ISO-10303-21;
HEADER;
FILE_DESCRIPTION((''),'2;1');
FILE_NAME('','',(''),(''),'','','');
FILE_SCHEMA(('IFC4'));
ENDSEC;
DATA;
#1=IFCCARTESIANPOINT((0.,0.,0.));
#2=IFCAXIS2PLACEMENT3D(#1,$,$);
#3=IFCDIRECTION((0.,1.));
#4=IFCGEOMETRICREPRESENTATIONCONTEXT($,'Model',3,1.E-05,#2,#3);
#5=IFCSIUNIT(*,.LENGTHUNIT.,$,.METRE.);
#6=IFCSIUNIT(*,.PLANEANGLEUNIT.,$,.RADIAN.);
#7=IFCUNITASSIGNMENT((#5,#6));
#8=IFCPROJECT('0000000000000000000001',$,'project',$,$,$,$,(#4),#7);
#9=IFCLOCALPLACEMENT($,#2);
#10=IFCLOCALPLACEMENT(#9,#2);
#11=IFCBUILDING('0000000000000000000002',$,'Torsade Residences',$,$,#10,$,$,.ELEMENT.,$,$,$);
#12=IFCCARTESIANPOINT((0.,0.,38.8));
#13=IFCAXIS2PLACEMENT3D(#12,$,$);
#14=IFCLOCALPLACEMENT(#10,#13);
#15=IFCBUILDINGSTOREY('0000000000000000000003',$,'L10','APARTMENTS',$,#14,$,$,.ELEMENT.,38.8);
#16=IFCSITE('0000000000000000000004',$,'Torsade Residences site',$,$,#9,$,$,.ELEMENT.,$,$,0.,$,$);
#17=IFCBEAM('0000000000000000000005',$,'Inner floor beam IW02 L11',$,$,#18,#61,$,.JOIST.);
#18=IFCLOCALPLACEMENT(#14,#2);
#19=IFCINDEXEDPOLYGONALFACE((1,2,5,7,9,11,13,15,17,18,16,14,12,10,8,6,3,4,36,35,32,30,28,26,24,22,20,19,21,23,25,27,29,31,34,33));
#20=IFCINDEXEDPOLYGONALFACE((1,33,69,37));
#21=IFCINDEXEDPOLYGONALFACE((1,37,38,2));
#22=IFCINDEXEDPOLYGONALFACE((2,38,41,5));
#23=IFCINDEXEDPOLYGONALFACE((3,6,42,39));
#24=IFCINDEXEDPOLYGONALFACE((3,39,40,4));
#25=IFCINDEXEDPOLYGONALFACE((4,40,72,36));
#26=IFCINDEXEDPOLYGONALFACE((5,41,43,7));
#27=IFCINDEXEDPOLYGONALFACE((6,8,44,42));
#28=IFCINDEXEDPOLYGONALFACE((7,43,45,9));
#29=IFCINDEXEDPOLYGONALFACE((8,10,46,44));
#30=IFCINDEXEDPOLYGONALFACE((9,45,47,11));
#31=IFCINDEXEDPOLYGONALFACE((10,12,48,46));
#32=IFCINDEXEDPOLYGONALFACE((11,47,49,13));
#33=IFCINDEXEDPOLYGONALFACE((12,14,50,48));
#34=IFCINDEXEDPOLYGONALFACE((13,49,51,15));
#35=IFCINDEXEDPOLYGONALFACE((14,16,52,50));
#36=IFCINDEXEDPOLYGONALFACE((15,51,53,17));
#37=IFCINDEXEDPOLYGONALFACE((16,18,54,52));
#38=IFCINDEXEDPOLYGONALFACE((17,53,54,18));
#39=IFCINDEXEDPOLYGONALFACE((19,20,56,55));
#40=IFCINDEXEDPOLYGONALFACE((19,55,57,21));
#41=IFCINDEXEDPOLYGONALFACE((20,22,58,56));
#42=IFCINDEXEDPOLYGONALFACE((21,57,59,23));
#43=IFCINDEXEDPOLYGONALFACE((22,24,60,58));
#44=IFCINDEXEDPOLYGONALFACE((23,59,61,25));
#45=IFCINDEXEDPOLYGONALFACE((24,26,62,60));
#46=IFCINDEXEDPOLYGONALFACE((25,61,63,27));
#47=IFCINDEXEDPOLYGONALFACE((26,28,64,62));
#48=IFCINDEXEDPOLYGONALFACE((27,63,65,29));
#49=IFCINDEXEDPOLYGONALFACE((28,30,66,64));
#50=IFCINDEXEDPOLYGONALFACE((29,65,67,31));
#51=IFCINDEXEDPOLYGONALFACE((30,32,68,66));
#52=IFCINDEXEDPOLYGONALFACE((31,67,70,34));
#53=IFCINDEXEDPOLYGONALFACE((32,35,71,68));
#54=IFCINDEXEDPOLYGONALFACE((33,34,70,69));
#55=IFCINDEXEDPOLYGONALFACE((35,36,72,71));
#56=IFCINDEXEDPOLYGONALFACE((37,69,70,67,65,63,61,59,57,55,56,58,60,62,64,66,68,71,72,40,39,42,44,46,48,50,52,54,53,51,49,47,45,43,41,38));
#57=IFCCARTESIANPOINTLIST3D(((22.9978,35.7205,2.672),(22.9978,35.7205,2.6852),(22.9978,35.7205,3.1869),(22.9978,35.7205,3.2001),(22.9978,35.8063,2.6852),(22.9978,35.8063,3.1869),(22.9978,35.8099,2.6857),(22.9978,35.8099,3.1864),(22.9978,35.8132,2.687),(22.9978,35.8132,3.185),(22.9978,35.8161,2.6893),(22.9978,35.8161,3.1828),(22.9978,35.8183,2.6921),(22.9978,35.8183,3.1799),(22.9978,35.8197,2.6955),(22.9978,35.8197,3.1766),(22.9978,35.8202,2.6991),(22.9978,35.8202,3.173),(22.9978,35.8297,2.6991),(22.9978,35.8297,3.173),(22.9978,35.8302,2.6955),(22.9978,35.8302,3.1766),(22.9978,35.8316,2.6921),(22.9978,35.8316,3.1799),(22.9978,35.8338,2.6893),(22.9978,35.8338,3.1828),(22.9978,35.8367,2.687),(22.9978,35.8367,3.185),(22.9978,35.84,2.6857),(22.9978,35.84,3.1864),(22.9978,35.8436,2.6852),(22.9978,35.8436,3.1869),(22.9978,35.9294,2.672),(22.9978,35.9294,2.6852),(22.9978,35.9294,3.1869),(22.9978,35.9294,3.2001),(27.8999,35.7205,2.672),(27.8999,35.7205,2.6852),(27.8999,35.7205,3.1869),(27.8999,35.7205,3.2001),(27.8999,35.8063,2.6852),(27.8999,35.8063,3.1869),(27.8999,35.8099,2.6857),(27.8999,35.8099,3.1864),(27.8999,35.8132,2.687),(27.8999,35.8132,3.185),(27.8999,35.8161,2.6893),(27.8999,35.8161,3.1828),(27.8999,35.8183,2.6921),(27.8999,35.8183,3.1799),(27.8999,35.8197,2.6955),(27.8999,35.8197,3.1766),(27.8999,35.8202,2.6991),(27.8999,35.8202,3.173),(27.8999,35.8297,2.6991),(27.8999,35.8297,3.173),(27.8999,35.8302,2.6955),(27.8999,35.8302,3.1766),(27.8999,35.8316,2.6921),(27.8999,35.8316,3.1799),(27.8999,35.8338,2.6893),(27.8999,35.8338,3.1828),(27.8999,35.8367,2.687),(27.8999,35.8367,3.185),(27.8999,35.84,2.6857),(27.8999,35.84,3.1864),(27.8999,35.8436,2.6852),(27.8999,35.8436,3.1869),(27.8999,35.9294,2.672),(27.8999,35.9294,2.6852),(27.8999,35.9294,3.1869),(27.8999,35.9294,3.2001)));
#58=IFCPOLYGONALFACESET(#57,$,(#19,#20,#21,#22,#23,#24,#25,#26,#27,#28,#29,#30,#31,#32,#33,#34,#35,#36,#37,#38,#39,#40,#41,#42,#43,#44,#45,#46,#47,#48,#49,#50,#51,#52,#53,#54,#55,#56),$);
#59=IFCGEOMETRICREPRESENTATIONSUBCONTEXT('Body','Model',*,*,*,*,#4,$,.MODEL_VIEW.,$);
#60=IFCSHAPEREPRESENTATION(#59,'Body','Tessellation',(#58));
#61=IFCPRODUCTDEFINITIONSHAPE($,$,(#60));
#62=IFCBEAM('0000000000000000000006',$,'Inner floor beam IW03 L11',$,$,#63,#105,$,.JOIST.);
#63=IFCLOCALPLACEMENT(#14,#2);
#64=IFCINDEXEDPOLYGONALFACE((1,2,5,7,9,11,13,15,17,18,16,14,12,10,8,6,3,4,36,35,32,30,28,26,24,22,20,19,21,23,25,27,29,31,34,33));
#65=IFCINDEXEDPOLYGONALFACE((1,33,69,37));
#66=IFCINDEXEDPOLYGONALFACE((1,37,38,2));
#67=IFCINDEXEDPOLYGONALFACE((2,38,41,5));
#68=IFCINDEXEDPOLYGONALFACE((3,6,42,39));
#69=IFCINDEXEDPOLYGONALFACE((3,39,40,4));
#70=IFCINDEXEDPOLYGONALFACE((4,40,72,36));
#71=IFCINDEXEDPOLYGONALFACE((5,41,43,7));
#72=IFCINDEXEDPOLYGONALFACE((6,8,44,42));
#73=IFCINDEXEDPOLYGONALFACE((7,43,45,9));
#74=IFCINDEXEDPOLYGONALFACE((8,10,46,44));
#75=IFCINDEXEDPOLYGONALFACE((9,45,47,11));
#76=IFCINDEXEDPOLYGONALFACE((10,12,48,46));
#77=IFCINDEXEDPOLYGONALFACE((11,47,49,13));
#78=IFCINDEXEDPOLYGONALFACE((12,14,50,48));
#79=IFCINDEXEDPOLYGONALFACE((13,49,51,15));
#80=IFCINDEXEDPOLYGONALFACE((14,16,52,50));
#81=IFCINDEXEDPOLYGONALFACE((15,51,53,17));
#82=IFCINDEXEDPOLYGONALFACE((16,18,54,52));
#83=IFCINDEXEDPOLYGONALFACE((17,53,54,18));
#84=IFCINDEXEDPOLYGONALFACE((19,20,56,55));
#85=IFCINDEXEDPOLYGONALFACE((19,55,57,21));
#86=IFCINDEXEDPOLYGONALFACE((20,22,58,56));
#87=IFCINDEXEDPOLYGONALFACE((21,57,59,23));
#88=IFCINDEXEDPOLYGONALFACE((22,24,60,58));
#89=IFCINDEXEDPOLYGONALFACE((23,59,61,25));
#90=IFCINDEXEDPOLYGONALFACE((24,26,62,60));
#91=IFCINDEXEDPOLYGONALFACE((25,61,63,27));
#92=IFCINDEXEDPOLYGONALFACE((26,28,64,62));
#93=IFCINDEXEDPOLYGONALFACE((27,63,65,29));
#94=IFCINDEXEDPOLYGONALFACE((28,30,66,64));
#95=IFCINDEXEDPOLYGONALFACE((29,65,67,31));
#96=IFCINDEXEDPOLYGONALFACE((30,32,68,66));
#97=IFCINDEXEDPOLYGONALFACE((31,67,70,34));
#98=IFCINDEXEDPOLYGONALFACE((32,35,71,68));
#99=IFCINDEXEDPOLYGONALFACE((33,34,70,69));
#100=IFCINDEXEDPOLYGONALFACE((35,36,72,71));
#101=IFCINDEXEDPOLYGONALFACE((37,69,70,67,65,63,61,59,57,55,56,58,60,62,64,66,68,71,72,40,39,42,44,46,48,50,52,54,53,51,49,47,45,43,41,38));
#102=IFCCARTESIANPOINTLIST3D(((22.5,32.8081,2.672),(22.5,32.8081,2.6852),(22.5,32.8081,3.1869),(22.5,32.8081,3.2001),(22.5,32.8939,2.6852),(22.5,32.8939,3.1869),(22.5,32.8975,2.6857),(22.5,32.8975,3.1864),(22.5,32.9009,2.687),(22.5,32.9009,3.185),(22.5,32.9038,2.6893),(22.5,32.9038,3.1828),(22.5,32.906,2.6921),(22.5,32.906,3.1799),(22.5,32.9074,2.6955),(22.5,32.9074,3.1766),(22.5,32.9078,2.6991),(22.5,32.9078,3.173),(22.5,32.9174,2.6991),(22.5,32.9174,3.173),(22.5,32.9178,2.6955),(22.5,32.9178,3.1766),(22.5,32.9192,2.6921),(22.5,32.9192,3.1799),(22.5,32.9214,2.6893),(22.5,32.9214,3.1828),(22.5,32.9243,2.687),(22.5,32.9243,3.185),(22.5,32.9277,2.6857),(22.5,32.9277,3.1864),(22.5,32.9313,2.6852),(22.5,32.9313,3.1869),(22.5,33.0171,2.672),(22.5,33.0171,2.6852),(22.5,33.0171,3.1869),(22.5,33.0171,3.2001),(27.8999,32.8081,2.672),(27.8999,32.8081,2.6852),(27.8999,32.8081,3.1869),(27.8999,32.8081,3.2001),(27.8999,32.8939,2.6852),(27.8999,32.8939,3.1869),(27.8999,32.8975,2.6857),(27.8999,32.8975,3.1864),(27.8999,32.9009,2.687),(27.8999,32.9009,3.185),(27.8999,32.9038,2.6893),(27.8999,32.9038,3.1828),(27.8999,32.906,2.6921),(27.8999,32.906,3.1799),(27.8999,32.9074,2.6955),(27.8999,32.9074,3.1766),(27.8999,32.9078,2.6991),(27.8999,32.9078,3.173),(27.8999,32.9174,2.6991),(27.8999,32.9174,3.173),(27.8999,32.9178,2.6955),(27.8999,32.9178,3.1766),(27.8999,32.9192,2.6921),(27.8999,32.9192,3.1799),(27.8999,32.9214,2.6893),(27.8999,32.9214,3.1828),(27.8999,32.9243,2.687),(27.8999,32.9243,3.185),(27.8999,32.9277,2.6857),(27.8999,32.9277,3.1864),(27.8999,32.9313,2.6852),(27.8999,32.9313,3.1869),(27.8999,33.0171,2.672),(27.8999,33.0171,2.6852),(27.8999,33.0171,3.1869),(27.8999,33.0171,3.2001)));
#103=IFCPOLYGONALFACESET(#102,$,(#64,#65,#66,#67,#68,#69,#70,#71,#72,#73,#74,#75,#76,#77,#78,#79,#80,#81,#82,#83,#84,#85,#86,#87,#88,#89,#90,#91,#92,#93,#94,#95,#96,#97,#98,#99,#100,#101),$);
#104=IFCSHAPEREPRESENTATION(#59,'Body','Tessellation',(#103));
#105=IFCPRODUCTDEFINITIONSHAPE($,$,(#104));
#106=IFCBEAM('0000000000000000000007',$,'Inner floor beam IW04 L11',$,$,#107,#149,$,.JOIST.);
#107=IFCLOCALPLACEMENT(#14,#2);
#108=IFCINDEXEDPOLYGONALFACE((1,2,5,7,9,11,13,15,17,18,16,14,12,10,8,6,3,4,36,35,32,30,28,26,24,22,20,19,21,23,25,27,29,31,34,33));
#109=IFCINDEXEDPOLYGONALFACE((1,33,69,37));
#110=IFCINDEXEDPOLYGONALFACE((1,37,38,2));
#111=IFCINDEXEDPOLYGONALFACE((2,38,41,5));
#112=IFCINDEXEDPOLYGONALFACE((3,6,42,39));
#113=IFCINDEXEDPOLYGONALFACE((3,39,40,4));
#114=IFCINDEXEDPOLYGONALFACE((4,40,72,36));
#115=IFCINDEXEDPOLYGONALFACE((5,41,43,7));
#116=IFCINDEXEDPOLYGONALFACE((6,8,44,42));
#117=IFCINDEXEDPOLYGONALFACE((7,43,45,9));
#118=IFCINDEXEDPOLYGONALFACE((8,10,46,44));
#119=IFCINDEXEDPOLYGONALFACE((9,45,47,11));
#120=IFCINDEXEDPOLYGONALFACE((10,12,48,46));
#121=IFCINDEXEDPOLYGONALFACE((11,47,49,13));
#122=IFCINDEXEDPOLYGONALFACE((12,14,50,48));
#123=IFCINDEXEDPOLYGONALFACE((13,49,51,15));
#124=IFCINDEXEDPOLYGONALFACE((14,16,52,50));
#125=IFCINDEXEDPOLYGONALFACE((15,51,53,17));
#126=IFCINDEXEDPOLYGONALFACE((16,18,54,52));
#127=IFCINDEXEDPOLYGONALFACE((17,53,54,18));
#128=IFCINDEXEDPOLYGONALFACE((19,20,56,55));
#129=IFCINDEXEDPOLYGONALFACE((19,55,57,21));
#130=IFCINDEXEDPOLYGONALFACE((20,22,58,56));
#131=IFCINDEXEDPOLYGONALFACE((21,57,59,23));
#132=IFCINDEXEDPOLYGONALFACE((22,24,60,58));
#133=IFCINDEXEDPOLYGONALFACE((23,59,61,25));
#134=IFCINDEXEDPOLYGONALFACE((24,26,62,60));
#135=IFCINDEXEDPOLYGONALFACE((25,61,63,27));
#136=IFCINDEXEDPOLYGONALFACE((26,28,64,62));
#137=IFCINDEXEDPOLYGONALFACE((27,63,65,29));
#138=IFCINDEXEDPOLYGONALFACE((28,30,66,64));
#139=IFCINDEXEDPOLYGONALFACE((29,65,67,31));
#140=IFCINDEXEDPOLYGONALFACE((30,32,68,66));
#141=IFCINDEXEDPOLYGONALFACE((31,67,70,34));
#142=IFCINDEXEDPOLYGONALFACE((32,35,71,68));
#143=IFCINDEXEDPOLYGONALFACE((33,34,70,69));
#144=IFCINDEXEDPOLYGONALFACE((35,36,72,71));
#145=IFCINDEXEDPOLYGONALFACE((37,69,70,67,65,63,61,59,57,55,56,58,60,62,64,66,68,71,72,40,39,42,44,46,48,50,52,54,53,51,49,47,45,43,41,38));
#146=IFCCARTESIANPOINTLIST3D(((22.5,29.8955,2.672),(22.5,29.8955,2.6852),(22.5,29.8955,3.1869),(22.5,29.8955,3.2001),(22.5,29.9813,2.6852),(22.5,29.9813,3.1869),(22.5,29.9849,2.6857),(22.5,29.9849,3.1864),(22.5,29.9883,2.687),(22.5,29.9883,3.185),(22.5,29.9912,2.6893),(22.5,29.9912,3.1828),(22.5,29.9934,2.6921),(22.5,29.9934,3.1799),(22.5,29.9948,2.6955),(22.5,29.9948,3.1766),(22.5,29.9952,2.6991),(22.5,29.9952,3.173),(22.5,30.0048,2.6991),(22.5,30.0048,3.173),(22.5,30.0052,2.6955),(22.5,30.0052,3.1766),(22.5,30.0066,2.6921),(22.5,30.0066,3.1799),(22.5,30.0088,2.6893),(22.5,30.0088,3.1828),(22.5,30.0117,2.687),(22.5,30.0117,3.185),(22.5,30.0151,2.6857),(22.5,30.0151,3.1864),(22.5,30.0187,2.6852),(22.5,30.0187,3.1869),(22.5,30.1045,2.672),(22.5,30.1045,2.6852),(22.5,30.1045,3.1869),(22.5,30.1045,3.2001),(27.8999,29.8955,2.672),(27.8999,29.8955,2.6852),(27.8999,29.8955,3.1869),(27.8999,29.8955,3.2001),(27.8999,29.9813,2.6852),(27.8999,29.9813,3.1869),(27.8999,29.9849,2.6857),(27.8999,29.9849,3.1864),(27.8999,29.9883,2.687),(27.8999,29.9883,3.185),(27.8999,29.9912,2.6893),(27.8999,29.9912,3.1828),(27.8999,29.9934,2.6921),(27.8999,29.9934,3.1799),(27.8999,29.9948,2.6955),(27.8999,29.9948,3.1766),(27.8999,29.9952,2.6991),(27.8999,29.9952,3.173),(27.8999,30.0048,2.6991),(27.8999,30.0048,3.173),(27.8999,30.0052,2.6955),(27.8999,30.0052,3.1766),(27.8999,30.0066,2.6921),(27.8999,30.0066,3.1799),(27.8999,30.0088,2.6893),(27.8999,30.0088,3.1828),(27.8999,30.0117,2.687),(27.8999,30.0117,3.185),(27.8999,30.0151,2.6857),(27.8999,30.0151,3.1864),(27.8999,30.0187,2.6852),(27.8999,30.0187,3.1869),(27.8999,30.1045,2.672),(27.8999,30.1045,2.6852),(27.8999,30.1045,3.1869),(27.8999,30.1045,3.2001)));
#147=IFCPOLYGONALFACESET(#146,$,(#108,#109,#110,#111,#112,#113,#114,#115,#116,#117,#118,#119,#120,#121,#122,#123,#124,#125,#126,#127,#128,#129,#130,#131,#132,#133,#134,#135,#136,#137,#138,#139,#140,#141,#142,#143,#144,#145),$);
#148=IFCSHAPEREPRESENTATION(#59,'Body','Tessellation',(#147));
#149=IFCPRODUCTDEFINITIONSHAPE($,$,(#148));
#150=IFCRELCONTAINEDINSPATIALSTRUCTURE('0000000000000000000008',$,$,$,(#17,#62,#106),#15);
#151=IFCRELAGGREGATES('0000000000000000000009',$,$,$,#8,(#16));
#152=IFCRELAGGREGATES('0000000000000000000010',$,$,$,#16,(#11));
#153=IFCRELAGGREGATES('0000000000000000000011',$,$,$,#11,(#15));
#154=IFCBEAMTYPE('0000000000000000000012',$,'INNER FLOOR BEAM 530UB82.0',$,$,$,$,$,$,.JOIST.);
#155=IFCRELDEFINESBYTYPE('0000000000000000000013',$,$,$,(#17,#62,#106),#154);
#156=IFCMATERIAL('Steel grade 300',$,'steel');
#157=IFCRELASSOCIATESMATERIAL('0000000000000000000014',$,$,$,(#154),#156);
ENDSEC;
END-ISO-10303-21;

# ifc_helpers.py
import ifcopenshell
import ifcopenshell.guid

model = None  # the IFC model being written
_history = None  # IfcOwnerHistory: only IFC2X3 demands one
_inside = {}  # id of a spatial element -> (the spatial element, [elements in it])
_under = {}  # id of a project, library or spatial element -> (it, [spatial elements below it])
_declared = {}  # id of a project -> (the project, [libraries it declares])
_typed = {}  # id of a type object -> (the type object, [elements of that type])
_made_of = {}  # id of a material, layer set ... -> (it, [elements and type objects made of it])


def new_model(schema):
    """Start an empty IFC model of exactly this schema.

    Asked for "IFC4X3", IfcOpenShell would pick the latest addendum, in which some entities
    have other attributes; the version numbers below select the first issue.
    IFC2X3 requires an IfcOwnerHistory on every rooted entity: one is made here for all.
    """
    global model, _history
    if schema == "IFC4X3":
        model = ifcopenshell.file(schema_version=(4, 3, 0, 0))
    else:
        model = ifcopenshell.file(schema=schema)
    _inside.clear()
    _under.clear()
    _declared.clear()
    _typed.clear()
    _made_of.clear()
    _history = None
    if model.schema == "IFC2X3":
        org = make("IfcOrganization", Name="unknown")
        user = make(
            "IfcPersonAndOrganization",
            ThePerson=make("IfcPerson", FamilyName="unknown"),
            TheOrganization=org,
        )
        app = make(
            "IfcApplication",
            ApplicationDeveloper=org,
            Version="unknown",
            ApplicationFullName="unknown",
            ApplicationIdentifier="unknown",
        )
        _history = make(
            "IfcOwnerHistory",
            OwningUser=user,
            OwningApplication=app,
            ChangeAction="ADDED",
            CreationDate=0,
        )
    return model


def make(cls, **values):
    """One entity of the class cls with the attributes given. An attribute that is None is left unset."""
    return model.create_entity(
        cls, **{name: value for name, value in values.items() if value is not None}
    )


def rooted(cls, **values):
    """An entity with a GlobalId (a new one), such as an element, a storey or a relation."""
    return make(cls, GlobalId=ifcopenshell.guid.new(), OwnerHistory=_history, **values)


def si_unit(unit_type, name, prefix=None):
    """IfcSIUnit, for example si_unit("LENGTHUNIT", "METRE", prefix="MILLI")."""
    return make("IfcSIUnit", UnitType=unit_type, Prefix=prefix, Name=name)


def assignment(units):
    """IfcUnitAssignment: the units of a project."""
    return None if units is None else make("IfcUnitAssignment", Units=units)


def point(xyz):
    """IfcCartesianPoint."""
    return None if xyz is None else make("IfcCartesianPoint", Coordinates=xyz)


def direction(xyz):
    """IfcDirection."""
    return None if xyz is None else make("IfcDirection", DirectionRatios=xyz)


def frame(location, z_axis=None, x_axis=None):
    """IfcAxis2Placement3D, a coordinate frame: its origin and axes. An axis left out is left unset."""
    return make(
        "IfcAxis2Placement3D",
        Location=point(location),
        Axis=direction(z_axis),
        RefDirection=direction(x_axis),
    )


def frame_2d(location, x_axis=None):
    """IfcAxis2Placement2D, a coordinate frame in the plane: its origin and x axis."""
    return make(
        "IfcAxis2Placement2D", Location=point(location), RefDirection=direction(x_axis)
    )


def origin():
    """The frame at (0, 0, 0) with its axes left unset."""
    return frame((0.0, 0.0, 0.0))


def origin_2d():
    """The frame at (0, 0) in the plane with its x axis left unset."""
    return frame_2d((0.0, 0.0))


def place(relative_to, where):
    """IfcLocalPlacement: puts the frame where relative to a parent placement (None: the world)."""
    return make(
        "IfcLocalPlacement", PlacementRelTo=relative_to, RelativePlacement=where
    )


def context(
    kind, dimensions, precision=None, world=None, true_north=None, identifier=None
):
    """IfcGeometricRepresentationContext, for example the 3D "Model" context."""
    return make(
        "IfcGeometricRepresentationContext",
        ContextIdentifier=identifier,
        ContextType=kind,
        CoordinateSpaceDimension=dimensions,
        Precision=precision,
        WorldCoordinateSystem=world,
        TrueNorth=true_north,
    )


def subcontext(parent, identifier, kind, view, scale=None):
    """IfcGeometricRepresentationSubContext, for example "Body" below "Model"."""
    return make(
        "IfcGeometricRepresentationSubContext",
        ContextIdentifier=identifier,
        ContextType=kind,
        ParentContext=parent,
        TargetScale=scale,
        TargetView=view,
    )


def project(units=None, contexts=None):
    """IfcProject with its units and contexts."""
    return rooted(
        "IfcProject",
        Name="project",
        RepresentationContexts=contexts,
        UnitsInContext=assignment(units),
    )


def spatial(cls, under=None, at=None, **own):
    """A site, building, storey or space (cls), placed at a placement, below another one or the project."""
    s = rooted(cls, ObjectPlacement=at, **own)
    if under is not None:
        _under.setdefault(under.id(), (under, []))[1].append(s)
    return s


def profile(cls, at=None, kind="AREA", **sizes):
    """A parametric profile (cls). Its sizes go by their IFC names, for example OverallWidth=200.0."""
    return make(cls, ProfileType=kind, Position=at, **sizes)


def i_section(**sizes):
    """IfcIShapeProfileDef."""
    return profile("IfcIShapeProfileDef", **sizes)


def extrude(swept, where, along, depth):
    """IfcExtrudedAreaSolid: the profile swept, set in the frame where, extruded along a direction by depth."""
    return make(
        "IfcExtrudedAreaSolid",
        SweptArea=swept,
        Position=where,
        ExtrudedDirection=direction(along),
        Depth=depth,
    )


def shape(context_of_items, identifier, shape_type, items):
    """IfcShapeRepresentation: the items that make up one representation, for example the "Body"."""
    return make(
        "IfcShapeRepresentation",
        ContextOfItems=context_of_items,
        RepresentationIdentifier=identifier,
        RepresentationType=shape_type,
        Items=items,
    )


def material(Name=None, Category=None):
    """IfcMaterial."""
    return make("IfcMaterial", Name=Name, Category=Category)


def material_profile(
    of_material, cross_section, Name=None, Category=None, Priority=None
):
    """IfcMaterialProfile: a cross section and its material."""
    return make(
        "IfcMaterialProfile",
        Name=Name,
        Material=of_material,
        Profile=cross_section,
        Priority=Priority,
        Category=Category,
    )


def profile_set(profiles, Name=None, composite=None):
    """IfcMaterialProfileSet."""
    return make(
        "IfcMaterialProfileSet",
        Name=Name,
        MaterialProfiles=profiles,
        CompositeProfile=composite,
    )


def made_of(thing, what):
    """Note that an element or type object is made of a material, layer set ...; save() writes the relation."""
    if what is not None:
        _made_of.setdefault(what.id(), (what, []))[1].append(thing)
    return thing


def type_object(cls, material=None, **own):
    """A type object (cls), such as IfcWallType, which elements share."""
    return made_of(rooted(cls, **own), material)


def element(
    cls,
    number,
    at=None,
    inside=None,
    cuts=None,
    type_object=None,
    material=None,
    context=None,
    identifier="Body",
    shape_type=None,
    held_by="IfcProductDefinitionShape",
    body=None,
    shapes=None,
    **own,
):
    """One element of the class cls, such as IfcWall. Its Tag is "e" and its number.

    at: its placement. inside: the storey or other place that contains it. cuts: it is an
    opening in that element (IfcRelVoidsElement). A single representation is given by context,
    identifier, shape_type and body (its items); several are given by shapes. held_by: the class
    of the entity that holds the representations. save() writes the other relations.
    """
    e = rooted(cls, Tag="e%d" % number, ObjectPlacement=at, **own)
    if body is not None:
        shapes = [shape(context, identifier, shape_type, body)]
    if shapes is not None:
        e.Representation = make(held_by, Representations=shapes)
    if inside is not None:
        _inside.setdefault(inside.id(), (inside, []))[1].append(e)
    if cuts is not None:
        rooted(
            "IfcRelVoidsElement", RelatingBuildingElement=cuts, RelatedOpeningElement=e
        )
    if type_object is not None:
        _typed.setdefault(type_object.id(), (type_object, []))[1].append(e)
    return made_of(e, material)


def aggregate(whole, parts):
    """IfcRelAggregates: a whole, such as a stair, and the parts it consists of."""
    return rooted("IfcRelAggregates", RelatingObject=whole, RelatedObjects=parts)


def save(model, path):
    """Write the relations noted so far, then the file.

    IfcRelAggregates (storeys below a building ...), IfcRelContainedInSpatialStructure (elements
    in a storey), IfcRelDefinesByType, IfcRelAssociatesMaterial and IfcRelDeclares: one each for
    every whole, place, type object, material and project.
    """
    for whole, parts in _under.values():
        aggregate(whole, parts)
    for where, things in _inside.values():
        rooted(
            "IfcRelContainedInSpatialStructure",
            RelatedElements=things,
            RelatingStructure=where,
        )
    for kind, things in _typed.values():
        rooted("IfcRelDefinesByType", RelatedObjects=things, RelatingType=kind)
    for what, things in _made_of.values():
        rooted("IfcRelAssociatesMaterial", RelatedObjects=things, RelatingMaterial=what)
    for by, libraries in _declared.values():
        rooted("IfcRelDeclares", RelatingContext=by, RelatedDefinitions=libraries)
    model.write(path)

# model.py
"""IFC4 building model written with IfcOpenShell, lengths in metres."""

from ifc_helpers import new_model, si_unit, direction, frame, origin, origin_2d, place, context, subcontext, project, spatial, i_section, extrude, material, material_profile, profile_set, type_object, element, save


model = new_model("IFC4")

# Units and contexts
model_context = context("Model", 3, precision=1e-05, world=origin(), true_north=direction((0.0, 1.0)))
body_context = subcontext(model_context, "Body", "Model", "MODEL_VIEW")
ifc_project = project(units=[si_unit("LENGTHUNIT", "METRE"), si_unit("PLANEANGLEUNIT", "RADIAN")], contexts=[model_context])

# Site, building, storey
site_placement = place(None, origin())
site = spatial("IfcSite", under=ifc_project, at=site_placement, Name="Torsade Residences site", CompositionType="ELEMENT", RefElevation=0.0)
building_placement = place(site_placement, origin())
building = spatial("IfcBuilding", under=site, at=building_placement, Name="Torsade Residences", CompositionType="ELEMENT")
storey_placement = place(building_placement, frame((0.0, 0.0, 38.8)))
storey = spatial("IfcBuildingStorey", under=building, at=storey_placement, Name="L10", Description="APARTMENTS", CompositionType="ELEMENT", Elevation=38.8)

# Beams
ifc_material_1 = material(Name="Steel grade 300", Category="steel")
ifc_material_profile_1 = material_profile(ifc_material_1, i_section(OverallWidth=0.209, OverallDepth=0.5281, WebThickness=0.0095, FlangeThickness=0.0132, FilletRadius=0.0139, at=origin_2d()), Name="530UB82.0")
ifc_profile_set_1 = profile_set([ifc_material_profile_1], Name="Steel grade 300")
beam_type = type_object("IfcBeamType", Name="INNER FLOOR BEAM 530UB82.0", PredefinedType="JOIST", material=ifc_profile_set_1)
beam_placement = place(storey_placement, frame((27.8999, 35.825, 2.936), z_axis=(-1.0, 0.0, 0.0), x_axis=(0.0, -1.0, 0.0)))
element("IfcBeam", 1, at=beam_placement, inside=storey, type_object=beam_type, Name="Inner floor beam IW02 L11", PredefinedType="JOIST", context=body_context, shape_type="SweptSolid", body=[
    extrude(i_section(OverallWidth=0.209, OverallDepth=0.5281, WebThickness=0.0095, FlangeThickness=0.0132, FilletRadius=0.0139, at=origin_2d()), origin(), (0.0, 0.0, 1.0), 4.9021),
])
for number, where, z_axis, x_axis, name in (
    (2, (27.8999, 32.9126, 2.936), (-1.0, 0.0, 0.0), (0.0, -1.0, 0.0), "Inner floor beam IW03 L11"),
    (3, (27.8999, 30.0, 2.936), (-1.0, 0.0, 0.0), (0.0, -1.0, 0.0), "Inner floor beam IW04 L11"),
):
    element("IfcBeam", number, at=place(storey_placement, frame(where, z_axis=z_axis, x_axis=x_axis)), inside=storey, type_object=beam_type, Name=name, PredefinedType="JOIST", context=body_context, shape_type="SweptSolid", body=[
        extrude(i_section(OverallWidth=0.209, OverallDepth=0.5281, WebThickness=0.0095, FlangeThickness=0.0132, FilletRadius=0.0139, at=origin_2d()), origin(), (0.0, 0.0, 1.0), 5.3999),
    ])

save(model, "model.ifc")
